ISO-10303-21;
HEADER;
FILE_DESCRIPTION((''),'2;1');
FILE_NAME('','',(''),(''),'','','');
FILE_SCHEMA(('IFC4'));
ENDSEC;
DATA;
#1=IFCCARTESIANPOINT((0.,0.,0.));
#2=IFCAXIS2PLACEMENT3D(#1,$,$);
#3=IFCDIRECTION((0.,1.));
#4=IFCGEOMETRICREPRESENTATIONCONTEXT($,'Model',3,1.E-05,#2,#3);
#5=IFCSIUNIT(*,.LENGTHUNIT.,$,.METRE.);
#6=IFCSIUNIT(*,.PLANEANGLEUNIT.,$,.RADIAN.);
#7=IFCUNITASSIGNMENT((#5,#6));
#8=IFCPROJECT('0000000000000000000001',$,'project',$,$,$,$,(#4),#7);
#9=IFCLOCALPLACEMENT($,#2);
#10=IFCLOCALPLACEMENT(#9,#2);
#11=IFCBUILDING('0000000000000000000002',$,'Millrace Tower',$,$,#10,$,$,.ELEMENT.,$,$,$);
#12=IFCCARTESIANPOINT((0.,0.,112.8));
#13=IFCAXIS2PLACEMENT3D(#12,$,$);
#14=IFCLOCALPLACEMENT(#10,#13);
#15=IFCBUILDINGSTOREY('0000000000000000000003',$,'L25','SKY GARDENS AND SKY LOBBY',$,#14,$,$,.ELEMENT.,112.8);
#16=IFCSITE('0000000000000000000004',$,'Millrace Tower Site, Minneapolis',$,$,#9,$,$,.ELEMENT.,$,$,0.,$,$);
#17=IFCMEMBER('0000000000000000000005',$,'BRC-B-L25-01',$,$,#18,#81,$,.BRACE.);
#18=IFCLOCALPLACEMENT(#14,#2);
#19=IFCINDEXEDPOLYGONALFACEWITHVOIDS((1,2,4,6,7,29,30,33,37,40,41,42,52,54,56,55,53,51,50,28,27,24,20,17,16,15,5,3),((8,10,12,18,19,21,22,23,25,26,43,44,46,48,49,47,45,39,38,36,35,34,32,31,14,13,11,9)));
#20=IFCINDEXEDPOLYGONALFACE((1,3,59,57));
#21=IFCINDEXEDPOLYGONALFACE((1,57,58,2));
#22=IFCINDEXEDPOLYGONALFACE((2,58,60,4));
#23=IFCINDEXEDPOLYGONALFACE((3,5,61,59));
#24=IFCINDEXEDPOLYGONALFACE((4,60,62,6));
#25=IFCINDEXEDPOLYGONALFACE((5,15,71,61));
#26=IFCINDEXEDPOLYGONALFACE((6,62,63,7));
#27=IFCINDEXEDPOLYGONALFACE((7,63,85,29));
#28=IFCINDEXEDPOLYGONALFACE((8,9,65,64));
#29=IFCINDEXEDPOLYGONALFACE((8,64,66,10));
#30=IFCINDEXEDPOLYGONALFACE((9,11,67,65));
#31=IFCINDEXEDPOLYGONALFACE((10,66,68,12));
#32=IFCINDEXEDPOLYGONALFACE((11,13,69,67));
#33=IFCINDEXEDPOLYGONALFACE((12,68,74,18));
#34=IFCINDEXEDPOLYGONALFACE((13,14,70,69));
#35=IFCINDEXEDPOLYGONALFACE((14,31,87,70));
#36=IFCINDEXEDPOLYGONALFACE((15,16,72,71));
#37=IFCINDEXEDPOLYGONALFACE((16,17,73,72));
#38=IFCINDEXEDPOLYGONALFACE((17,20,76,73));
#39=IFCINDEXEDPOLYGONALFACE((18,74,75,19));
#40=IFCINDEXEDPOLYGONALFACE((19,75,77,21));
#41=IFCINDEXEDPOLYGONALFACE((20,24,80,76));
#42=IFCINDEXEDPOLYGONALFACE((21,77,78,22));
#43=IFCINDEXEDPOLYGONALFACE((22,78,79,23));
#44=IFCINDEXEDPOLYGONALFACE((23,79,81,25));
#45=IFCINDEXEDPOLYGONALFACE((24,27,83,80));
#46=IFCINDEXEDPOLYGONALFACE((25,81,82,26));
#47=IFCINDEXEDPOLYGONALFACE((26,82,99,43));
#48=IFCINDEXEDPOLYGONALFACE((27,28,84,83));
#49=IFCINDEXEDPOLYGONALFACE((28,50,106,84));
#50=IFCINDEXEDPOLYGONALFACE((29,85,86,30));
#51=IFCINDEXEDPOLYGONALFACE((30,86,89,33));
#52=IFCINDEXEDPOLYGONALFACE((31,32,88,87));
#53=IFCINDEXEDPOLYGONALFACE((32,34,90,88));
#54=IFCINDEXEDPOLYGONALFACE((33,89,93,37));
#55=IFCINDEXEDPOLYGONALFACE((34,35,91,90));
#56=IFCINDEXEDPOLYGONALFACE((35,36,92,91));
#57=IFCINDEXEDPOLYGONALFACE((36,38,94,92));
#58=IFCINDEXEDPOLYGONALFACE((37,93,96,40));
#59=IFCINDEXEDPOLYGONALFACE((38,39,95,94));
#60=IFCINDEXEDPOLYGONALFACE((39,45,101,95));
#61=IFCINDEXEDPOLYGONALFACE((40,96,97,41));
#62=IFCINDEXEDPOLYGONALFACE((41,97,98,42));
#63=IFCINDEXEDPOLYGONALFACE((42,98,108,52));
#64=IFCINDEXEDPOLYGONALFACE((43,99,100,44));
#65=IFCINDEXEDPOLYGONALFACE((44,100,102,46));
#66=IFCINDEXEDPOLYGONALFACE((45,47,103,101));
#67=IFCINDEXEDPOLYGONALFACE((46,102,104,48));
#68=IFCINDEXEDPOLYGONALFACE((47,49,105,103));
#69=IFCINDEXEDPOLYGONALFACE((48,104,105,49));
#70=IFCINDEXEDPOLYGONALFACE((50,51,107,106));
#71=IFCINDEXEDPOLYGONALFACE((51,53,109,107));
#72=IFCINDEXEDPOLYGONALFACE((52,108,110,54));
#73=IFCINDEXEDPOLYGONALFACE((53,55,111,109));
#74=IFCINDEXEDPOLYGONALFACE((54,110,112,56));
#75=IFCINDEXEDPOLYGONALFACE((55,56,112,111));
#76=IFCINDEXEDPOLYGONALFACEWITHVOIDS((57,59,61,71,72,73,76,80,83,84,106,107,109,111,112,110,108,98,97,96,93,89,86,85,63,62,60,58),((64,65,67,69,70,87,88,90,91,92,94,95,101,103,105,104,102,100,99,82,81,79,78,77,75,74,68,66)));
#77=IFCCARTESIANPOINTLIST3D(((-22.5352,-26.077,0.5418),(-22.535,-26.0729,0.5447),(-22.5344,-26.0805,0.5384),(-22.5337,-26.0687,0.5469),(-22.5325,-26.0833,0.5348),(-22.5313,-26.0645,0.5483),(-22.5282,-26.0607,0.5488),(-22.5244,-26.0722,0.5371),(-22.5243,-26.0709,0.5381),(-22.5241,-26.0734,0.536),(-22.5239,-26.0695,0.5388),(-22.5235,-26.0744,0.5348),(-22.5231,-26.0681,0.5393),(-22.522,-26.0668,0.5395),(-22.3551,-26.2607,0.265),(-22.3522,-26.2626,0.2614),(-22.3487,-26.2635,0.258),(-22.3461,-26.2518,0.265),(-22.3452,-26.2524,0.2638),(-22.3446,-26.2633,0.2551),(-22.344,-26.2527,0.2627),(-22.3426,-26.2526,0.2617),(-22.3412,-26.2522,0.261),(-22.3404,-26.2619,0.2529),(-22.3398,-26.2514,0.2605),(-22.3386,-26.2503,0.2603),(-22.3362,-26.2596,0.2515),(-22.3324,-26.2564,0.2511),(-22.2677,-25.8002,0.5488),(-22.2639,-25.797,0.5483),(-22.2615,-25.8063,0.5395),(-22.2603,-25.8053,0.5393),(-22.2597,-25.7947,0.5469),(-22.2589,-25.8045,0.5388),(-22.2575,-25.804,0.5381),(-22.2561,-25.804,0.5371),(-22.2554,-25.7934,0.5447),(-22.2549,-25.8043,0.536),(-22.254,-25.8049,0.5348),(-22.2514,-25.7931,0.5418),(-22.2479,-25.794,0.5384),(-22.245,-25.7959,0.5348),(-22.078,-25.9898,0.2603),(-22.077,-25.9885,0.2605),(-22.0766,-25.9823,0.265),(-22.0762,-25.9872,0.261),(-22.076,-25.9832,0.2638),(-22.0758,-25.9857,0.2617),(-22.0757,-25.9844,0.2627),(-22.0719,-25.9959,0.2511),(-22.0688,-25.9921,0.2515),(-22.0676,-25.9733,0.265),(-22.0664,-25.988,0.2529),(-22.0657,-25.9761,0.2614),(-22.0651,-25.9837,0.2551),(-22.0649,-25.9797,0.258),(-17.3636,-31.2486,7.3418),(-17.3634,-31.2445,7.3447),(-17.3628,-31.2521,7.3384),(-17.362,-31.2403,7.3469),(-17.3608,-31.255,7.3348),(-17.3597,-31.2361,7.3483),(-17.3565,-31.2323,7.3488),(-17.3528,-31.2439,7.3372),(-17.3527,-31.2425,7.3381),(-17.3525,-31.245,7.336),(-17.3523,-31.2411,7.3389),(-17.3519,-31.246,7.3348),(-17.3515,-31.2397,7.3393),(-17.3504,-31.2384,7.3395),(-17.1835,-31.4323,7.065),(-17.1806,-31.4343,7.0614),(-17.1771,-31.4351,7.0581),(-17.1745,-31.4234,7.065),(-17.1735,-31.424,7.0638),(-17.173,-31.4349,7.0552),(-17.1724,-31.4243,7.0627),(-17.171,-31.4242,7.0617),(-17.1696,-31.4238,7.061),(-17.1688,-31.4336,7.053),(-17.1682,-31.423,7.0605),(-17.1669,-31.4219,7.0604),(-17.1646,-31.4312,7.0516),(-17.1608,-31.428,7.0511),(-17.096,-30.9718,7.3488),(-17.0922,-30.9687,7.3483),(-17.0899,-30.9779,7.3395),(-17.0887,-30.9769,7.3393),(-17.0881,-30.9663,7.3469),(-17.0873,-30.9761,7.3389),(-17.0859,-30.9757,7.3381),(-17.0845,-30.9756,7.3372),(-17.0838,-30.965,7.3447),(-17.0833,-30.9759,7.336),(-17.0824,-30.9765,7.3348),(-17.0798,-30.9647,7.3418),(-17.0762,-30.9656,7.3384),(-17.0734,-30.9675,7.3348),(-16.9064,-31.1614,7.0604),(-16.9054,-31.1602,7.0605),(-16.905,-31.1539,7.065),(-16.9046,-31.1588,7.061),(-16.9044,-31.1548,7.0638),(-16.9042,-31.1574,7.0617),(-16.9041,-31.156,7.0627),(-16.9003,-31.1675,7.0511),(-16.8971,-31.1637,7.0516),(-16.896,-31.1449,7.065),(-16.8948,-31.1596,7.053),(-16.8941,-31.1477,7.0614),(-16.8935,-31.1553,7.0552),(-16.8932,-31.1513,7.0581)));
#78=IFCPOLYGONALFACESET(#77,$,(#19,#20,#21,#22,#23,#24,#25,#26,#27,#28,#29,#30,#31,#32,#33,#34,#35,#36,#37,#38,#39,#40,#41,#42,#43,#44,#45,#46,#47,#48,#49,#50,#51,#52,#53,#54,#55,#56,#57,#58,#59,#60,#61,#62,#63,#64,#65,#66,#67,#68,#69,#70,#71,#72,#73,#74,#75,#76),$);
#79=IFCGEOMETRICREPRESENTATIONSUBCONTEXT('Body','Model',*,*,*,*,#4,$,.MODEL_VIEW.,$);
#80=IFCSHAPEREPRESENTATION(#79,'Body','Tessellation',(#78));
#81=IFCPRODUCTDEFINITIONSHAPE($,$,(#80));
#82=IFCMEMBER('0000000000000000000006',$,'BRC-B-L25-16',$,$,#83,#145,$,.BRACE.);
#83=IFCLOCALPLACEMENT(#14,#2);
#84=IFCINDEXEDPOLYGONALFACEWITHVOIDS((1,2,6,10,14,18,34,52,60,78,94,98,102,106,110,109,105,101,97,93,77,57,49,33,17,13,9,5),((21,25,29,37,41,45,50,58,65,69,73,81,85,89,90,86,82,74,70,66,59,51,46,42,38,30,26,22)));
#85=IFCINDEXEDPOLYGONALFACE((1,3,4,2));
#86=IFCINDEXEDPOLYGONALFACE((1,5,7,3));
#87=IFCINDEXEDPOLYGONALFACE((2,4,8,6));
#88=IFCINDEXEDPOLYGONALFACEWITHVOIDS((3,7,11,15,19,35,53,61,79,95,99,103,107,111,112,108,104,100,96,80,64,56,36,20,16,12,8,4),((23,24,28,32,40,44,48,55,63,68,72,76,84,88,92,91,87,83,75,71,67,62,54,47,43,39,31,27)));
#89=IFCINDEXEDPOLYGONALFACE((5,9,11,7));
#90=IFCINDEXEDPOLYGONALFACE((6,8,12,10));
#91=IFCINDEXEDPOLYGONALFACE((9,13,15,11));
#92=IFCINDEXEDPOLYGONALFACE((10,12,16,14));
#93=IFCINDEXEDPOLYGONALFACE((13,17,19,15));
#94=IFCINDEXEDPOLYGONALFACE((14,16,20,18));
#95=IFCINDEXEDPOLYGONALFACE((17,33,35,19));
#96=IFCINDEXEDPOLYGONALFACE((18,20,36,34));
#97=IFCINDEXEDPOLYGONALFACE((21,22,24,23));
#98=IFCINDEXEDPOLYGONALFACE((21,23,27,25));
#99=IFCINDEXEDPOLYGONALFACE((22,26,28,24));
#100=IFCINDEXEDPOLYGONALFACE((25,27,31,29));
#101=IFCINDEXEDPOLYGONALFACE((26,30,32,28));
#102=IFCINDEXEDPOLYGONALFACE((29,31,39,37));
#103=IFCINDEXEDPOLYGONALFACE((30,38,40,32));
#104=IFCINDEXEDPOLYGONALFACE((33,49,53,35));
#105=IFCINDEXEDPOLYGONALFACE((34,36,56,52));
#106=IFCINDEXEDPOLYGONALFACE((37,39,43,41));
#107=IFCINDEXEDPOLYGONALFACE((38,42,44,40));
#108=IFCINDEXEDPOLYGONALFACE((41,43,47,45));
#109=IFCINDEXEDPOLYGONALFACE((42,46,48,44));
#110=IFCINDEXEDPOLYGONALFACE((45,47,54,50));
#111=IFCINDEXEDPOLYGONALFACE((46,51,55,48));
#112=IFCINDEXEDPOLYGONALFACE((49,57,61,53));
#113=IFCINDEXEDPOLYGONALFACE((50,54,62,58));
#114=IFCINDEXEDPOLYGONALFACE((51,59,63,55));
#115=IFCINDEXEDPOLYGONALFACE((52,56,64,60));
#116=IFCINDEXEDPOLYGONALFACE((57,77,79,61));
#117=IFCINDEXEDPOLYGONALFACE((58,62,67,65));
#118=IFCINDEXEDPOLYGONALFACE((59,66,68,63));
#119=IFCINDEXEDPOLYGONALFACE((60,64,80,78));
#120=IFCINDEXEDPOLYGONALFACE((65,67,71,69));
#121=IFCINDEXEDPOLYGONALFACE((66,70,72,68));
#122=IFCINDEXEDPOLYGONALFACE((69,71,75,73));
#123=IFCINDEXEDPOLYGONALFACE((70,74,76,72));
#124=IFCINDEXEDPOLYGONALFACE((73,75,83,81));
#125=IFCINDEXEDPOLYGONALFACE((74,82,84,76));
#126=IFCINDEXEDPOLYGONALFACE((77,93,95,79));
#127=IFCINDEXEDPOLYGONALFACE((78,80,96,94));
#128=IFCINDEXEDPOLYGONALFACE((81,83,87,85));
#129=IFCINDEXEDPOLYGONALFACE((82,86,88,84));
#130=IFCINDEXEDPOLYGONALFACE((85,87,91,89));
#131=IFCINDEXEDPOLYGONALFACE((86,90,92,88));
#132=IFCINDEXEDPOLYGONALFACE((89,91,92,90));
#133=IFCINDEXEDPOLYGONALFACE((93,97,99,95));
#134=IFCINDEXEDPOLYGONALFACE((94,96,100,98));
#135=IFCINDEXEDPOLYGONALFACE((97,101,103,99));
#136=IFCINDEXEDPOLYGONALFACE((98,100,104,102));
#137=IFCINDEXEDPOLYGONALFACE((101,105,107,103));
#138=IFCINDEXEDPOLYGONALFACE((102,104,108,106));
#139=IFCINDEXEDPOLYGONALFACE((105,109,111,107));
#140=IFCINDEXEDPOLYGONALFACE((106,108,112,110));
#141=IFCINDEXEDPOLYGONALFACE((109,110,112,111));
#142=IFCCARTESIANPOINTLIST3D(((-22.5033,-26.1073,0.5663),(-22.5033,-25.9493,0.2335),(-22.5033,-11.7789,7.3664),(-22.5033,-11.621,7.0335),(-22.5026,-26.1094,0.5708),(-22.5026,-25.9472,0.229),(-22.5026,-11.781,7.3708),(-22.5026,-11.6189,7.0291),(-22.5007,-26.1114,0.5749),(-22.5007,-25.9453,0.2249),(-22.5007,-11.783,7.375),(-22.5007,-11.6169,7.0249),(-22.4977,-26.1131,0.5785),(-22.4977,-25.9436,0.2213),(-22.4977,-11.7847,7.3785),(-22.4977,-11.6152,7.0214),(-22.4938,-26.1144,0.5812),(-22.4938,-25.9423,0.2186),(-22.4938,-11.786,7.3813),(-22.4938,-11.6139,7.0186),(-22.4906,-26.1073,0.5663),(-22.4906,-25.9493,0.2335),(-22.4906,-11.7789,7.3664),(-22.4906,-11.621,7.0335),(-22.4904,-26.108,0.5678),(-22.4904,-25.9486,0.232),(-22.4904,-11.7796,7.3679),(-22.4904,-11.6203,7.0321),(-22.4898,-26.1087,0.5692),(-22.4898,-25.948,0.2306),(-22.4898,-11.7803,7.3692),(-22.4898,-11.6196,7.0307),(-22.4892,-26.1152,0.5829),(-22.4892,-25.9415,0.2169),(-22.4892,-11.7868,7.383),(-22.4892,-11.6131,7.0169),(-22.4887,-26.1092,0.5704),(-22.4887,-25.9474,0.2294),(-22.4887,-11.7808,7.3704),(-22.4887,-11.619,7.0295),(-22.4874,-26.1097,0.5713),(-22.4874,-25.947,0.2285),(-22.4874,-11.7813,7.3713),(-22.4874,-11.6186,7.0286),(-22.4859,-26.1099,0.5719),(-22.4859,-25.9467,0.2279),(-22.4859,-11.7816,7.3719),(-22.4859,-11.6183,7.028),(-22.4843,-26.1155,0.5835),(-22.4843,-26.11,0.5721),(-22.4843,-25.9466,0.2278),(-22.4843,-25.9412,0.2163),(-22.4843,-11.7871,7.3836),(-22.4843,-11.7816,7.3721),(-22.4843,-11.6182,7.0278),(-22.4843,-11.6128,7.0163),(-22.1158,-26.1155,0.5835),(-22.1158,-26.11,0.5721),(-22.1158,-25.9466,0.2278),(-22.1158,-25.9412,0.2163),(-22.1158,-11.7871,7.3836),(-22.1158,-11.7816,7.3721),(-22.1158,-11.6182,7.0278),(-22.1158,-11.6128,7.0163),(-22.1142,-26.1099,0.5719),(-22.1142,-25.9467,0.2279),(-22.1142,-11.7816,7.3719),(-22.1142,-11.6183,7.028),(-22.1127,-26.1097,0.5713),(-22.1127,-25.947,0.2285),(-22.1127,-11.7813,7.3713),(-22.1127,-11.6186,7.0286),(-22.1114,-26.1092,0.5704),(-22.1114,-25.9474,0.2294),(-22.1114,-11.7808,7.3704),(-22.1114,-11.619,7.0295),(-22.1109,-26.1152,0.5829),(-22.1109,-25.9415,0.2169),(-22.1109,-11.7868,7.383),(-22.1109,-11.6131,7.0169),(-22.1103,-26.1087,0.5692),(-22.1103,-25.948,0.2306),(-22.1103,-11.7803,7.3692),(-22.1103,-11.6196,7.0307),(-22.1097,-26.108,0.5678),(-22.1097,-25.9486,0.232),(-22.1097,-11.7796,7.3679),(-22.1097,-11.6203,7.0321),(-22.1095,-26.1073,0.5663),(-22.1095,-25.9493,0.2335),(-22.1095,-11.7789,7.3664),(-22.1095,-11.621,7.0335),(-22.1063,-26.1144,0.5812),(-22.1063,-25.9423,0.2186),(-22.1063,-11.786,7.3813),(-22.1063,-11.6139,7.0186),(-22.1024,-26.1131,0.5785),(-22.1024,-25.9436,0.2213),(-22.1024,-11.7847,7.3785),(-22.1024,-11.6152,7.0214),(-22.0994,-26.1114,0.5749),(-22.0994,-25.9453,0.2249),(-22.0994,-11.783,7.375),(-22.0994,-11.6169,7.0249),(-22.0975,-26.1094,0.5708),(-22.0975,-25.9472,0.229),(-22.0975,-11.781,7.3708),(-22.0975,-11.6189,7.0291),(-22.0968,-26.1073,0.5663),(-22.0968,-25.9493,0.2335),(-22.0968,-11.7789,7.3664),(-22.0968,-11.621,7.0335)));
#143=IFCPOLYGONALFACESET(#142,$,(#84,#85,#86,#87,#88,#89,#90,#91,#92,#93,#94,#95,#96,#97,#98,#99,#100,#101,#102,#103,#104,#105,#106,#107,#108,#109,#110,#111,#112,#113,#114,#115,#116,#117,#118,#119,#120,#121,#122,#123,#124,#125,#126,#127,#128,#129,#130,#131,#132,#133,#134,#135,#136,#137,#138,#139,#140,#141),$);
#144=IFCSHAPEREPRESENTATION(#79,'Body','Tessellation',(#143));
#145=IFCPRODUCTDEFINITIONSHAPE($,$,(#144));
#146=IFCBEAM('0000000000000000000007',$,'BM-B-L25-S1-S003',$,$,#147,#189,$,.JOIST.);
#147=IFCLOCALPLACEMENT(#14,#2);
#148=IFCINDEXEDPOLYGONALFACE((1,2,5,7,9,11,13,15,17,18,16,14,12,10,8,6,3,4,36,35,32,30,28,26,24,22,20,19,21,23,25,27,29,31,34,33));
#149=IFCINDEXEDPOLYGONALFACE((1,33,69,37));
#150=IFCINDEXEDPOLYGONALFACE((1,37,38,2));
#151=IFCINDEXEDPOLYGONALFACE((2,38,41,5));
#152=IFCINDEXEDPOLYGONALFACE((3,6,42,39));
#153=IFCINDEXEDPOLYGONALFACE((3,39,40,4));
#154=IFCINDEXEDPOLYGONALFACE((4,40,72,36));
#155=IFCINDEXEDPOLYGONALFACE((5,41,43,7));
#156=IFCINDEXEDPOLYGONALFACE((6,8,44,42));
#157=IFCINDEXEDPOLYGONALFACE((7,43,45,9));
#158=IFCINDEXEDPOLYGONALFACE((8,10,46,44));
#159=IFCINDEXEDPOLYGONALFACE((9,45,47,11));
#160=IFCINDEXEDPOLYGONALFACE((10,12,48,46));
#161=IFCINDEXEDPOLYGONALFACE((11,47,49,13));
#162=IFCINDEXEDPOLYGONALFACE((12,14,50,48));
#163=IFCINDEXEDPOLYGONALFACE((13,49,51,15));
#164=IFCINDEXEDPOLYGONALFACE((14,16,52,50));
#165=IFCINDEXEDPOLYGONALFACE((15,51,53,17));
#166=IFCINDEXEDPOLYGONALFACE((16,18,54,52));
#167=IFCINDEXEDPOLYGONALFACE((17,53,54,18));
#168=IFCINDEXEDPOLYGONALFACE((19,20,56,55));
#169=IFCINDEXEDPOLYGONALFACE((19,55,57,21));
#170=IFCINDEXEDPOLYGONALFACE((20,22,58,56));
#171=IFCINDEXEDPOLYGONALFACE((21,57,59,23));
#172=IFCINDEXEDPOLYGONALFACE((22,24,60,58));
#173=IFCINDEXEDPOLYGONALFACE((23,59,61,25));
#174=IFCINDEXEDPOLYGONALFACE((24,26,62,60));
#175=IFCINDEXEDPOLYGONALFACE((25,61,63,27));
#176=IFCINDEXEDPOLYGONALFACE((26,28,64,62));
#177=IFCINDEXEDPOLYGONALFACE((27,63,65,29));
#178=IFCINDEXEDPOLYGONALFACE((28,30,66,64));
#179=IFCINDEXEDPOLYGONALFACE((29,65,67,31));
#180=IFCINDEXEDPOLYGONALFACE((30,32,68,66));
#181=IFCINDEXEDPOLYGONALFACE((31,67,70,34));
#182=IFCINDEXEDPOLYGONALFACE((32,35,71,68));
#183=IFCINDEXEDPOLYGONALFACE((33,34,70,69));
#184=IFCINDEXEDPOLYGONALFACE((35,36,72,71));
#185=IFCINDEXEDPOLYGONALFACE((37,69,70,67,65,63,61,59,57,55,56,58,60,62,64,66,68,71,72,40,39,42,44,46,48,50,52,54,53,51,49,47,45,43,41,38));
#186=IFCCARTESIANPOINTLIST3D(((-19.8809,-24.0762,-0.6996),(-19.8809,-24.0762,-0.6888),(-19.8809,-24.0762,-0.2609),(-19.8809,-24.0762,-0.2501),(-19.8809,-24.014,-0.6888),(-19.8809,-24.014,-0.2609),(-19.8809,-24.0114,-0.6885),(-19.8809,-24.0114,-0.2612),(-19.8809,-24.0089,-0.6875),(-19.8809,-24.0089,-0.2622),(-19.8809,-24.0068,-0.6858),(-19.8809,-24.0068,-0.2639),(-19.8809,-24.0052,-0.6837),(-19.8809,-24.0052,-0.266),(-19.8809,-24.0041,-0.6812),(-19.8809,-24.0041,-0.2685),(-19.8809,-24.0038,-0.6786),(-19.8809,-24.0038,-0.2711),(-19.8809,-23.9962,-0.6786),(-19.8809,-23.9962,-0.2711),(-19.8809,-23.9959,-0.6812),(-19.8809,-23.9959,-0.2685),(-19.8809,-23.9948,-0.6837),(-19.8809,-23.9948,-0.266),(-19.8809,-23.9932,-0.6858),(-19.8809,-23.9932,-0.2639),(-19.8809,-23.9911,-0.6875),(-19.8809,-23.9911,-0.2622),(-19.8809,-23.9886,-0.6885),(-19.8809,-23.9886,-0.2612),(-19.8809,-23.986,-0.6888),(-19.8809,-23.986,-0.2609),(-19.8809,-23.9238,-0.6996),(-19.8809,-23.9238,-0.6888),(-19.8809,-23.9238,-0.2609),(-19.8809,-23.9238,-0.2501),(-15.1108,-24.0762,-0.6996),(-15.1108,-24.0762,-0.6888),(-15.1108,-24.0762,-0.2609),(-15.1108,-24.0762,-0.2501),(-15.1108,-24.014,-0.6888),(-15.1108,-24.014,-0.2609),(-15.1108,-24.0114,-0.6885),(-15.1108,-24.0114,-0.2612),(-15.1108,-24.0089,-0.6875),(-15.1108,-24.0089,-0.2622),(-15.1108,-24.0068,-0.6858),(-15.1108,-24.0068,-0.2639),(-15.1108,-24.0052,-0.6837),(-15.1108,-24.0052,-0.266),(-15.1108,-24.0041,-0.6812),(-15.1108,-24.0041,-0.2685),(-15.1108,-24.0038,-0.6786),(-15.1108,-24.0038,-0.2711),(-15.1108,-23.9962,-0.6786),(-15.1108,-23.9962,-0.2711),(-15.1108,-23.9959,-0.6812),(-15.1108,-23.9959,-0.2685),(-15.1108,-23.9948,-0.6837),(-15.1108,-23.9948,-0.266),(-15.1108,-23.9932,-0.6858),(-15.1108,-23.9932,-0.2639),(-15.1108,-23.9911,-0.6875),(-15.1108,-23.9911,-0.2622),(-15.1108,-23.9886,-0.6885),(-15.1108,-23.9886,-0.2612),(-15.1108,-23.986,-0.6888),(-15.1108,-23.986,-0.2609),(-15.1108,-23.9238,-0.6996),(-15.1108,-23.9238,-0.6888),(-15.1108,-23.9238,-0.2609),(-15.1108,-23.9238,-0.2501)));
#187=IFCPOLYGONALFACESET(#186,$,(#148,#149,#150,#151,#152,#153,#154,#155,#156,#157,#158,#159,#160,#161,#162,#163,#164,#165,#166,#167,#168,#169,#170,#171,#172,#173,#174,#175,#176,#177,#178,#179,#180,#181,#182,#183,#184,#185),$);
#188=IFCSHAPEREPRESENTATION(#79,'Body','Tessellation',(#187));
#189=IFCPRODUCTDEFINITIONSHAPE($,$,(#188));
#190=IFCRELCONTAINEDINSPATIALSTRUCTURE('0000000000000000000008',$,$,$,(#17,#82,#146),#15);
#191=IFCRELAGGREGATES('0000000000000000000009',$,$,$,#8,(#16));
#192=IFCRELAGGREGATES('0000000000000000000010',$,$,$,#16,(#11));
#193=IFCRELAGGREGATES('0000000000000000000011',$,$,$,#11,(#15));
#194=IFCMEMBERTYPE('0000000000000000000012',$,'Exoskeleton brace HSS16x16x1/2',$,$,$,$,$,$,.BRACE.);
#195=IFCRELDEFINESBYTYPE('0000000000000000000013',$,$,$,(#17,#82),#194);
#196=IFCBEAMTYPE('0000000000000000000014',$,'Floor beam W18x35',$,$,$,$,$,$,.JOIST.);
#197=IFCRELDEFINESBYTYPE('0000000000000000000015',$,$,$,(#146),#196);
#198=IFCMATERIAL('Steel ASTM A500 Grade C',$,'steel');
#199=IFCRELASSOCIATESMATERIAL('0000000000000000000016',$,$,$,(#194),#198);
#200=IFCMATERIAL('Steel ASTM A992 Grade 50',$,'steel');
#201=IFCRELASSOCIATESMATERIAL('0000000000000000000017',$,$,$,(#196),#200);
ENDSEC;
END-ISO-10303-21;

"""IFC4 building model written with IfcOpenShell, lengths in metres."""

from ifc_helpers import new_model, si_unit, direction, frame, origin, origin_2d, place, context, subcontext, project, spatial, hollow_rectangle, i_section, extrude, material, material_profile, profile_set, type_object, element, save


model = new_model("IFC4")

# Units and contexts
model_context = context("Model", 3, precision=1e-05, world=origin(), true_north=direction((0.0, 1.0)))
body_context = subcontext(model_context, "Body", "Model", "MODEL_VIEW")
ifc_project = project(units=[si_unit("LENGTHUNIT", "METRE"), si_unit("PLANEANGLEUNIT", "RADIAN")], contexts=[model_context])

# Site, building, storey
site_placement = place(None, origin())
site = spatial("IfcSite", under=ifc_project, at=site_placement, Name="Millrace Tower Site, Minneapolis", CompositionType="ELEMENT", RefElevation=0.0)
building_placement = place(site_placement, origin())
building = spatial("IfcBuilding", under=site, at=building_placement, Name="Millrace Tower", CompositionType="ELEMENT")
storey_placement = place(building_placement, frame((0.0, 0.0, 112.8)))
storey = spatial("IfcBuildingStorey", under=building, at=storey_placement, Name="L25", Description="SKY GARDENS AND SKY LOBBY", CompositionType="ELEMENT", Elevation=112.8)

# Members
ifc_material_1 = material(Name="Steel ASTM A500 Grade C", Category="steel")
ifc_material_profile_1 = material_profile(ifc_material_1, hollow_rectangle(XDim=0.4065, YDim=0.4065, WallThickness=0.0127, InnerFilletRadius=0.0063, OuterFilletRadius=0.019, at=origin_2d()))
ifc_profile_set_1 = profile_set([ifc_material_profile_1], Name="Steel ASTM A500 Grade C")
member_type_1 = type_object("IfcMemberType", Name="Exoskeleton brace HSS16x16x1/2", PredefinedType="BRACE", material=ifc_profile_set_1)
member_1_placement = place(storey_placement, frame((-22.3, -26.0283, 0.3999), z_axis=(0.517857, -0.517857, 0.680917), x_axis=(0.707107, 0.707107, 0.0)))
element("IfcMember", 1, at=member_1_placement, inside=storey, type_object=member_type_1, Name="BRC-B-L25-01", PredefinedType="BRACE", context=body_context, shape_type="SweptSolid", body=[
    extrude(hollow_rectangle(XDim=0.4065, YDim=0.4065, WallThickness=0.0127, InnerFilletRadius=0.0063, OuterFilletRadius=0.019, at=origin_2d()), origin(), (0.0, 0.0, 1.0), 9.9866),
])
member_2_placement = place(storey_placement, frame((-22.3, -26.0283, 0.3999), z_axis=(0.0, 0.903422, 0.428752), x_axis=(-1.0, 0.0, 0.0)))
element("IfcMember", 2, at=member_2_placement, inside=storey, type_object=member_type_1, Name="BRC-B-L25-16", PredefinedType="BRACE", context=body_context, shape_type="SweptSolid", body=[
    extrude(hollow_rectangle(XDim=0.4065, YDim=0.4065, WallThickness=0.0127, InnerFilletRadius=0.0063, OuterFilletRadius=0.019, at=origin_2d()), origin(), (0.0, 0.0, 1.0), 15.8601),
])

# Beam
ifc_material_2 = material(Name="Steel ASTM A992 Grade 50", Category="steel")
ifc_material_profile_2 = material_profile(ifc_material_2, i_section(OverallWidth=0.1523, OverallDepth=0.4495, WebThickness=0.0076, FlangeThickness=0.0107, FilletRadius=0.0103, at=origin_2d()))
ifc_profile_set_2 = profile_set([ifc_material_profile_2], Name="Steel ASTM A992 Grade 50")
beam_type_1 = type_object("IfcBeamType", Name="Floor beam W18x35", PredefinedType="JOIST", material=ifc_profile_set_2)
beam_1_placement = place(storey_placement, frame((-19.8809, -24.0, -0.4749), z_axis=(1.0, 0.0, 0.0), x_axis=(0.0, 1.0, 0.0)))
element("IfcBeam", 3, at=beam_1_placement, inside=storey, type_object=beam_type_1, Name="BM-B-L25-S1-S003", PredefinedType="JOIST", context=body_context, shape_type="SweptSolid", body=[
    extrude(i_section(OverallWidth=0.1523, OverallDepth=0.4495, WebThickness=0.0076, FlangeThickness=0.0107, FilletRadius=0.0103, at=origin_2d()), origin(), (0.0, 0.0, 1.0), 4.77),
])

save(model, "model.ifc")
